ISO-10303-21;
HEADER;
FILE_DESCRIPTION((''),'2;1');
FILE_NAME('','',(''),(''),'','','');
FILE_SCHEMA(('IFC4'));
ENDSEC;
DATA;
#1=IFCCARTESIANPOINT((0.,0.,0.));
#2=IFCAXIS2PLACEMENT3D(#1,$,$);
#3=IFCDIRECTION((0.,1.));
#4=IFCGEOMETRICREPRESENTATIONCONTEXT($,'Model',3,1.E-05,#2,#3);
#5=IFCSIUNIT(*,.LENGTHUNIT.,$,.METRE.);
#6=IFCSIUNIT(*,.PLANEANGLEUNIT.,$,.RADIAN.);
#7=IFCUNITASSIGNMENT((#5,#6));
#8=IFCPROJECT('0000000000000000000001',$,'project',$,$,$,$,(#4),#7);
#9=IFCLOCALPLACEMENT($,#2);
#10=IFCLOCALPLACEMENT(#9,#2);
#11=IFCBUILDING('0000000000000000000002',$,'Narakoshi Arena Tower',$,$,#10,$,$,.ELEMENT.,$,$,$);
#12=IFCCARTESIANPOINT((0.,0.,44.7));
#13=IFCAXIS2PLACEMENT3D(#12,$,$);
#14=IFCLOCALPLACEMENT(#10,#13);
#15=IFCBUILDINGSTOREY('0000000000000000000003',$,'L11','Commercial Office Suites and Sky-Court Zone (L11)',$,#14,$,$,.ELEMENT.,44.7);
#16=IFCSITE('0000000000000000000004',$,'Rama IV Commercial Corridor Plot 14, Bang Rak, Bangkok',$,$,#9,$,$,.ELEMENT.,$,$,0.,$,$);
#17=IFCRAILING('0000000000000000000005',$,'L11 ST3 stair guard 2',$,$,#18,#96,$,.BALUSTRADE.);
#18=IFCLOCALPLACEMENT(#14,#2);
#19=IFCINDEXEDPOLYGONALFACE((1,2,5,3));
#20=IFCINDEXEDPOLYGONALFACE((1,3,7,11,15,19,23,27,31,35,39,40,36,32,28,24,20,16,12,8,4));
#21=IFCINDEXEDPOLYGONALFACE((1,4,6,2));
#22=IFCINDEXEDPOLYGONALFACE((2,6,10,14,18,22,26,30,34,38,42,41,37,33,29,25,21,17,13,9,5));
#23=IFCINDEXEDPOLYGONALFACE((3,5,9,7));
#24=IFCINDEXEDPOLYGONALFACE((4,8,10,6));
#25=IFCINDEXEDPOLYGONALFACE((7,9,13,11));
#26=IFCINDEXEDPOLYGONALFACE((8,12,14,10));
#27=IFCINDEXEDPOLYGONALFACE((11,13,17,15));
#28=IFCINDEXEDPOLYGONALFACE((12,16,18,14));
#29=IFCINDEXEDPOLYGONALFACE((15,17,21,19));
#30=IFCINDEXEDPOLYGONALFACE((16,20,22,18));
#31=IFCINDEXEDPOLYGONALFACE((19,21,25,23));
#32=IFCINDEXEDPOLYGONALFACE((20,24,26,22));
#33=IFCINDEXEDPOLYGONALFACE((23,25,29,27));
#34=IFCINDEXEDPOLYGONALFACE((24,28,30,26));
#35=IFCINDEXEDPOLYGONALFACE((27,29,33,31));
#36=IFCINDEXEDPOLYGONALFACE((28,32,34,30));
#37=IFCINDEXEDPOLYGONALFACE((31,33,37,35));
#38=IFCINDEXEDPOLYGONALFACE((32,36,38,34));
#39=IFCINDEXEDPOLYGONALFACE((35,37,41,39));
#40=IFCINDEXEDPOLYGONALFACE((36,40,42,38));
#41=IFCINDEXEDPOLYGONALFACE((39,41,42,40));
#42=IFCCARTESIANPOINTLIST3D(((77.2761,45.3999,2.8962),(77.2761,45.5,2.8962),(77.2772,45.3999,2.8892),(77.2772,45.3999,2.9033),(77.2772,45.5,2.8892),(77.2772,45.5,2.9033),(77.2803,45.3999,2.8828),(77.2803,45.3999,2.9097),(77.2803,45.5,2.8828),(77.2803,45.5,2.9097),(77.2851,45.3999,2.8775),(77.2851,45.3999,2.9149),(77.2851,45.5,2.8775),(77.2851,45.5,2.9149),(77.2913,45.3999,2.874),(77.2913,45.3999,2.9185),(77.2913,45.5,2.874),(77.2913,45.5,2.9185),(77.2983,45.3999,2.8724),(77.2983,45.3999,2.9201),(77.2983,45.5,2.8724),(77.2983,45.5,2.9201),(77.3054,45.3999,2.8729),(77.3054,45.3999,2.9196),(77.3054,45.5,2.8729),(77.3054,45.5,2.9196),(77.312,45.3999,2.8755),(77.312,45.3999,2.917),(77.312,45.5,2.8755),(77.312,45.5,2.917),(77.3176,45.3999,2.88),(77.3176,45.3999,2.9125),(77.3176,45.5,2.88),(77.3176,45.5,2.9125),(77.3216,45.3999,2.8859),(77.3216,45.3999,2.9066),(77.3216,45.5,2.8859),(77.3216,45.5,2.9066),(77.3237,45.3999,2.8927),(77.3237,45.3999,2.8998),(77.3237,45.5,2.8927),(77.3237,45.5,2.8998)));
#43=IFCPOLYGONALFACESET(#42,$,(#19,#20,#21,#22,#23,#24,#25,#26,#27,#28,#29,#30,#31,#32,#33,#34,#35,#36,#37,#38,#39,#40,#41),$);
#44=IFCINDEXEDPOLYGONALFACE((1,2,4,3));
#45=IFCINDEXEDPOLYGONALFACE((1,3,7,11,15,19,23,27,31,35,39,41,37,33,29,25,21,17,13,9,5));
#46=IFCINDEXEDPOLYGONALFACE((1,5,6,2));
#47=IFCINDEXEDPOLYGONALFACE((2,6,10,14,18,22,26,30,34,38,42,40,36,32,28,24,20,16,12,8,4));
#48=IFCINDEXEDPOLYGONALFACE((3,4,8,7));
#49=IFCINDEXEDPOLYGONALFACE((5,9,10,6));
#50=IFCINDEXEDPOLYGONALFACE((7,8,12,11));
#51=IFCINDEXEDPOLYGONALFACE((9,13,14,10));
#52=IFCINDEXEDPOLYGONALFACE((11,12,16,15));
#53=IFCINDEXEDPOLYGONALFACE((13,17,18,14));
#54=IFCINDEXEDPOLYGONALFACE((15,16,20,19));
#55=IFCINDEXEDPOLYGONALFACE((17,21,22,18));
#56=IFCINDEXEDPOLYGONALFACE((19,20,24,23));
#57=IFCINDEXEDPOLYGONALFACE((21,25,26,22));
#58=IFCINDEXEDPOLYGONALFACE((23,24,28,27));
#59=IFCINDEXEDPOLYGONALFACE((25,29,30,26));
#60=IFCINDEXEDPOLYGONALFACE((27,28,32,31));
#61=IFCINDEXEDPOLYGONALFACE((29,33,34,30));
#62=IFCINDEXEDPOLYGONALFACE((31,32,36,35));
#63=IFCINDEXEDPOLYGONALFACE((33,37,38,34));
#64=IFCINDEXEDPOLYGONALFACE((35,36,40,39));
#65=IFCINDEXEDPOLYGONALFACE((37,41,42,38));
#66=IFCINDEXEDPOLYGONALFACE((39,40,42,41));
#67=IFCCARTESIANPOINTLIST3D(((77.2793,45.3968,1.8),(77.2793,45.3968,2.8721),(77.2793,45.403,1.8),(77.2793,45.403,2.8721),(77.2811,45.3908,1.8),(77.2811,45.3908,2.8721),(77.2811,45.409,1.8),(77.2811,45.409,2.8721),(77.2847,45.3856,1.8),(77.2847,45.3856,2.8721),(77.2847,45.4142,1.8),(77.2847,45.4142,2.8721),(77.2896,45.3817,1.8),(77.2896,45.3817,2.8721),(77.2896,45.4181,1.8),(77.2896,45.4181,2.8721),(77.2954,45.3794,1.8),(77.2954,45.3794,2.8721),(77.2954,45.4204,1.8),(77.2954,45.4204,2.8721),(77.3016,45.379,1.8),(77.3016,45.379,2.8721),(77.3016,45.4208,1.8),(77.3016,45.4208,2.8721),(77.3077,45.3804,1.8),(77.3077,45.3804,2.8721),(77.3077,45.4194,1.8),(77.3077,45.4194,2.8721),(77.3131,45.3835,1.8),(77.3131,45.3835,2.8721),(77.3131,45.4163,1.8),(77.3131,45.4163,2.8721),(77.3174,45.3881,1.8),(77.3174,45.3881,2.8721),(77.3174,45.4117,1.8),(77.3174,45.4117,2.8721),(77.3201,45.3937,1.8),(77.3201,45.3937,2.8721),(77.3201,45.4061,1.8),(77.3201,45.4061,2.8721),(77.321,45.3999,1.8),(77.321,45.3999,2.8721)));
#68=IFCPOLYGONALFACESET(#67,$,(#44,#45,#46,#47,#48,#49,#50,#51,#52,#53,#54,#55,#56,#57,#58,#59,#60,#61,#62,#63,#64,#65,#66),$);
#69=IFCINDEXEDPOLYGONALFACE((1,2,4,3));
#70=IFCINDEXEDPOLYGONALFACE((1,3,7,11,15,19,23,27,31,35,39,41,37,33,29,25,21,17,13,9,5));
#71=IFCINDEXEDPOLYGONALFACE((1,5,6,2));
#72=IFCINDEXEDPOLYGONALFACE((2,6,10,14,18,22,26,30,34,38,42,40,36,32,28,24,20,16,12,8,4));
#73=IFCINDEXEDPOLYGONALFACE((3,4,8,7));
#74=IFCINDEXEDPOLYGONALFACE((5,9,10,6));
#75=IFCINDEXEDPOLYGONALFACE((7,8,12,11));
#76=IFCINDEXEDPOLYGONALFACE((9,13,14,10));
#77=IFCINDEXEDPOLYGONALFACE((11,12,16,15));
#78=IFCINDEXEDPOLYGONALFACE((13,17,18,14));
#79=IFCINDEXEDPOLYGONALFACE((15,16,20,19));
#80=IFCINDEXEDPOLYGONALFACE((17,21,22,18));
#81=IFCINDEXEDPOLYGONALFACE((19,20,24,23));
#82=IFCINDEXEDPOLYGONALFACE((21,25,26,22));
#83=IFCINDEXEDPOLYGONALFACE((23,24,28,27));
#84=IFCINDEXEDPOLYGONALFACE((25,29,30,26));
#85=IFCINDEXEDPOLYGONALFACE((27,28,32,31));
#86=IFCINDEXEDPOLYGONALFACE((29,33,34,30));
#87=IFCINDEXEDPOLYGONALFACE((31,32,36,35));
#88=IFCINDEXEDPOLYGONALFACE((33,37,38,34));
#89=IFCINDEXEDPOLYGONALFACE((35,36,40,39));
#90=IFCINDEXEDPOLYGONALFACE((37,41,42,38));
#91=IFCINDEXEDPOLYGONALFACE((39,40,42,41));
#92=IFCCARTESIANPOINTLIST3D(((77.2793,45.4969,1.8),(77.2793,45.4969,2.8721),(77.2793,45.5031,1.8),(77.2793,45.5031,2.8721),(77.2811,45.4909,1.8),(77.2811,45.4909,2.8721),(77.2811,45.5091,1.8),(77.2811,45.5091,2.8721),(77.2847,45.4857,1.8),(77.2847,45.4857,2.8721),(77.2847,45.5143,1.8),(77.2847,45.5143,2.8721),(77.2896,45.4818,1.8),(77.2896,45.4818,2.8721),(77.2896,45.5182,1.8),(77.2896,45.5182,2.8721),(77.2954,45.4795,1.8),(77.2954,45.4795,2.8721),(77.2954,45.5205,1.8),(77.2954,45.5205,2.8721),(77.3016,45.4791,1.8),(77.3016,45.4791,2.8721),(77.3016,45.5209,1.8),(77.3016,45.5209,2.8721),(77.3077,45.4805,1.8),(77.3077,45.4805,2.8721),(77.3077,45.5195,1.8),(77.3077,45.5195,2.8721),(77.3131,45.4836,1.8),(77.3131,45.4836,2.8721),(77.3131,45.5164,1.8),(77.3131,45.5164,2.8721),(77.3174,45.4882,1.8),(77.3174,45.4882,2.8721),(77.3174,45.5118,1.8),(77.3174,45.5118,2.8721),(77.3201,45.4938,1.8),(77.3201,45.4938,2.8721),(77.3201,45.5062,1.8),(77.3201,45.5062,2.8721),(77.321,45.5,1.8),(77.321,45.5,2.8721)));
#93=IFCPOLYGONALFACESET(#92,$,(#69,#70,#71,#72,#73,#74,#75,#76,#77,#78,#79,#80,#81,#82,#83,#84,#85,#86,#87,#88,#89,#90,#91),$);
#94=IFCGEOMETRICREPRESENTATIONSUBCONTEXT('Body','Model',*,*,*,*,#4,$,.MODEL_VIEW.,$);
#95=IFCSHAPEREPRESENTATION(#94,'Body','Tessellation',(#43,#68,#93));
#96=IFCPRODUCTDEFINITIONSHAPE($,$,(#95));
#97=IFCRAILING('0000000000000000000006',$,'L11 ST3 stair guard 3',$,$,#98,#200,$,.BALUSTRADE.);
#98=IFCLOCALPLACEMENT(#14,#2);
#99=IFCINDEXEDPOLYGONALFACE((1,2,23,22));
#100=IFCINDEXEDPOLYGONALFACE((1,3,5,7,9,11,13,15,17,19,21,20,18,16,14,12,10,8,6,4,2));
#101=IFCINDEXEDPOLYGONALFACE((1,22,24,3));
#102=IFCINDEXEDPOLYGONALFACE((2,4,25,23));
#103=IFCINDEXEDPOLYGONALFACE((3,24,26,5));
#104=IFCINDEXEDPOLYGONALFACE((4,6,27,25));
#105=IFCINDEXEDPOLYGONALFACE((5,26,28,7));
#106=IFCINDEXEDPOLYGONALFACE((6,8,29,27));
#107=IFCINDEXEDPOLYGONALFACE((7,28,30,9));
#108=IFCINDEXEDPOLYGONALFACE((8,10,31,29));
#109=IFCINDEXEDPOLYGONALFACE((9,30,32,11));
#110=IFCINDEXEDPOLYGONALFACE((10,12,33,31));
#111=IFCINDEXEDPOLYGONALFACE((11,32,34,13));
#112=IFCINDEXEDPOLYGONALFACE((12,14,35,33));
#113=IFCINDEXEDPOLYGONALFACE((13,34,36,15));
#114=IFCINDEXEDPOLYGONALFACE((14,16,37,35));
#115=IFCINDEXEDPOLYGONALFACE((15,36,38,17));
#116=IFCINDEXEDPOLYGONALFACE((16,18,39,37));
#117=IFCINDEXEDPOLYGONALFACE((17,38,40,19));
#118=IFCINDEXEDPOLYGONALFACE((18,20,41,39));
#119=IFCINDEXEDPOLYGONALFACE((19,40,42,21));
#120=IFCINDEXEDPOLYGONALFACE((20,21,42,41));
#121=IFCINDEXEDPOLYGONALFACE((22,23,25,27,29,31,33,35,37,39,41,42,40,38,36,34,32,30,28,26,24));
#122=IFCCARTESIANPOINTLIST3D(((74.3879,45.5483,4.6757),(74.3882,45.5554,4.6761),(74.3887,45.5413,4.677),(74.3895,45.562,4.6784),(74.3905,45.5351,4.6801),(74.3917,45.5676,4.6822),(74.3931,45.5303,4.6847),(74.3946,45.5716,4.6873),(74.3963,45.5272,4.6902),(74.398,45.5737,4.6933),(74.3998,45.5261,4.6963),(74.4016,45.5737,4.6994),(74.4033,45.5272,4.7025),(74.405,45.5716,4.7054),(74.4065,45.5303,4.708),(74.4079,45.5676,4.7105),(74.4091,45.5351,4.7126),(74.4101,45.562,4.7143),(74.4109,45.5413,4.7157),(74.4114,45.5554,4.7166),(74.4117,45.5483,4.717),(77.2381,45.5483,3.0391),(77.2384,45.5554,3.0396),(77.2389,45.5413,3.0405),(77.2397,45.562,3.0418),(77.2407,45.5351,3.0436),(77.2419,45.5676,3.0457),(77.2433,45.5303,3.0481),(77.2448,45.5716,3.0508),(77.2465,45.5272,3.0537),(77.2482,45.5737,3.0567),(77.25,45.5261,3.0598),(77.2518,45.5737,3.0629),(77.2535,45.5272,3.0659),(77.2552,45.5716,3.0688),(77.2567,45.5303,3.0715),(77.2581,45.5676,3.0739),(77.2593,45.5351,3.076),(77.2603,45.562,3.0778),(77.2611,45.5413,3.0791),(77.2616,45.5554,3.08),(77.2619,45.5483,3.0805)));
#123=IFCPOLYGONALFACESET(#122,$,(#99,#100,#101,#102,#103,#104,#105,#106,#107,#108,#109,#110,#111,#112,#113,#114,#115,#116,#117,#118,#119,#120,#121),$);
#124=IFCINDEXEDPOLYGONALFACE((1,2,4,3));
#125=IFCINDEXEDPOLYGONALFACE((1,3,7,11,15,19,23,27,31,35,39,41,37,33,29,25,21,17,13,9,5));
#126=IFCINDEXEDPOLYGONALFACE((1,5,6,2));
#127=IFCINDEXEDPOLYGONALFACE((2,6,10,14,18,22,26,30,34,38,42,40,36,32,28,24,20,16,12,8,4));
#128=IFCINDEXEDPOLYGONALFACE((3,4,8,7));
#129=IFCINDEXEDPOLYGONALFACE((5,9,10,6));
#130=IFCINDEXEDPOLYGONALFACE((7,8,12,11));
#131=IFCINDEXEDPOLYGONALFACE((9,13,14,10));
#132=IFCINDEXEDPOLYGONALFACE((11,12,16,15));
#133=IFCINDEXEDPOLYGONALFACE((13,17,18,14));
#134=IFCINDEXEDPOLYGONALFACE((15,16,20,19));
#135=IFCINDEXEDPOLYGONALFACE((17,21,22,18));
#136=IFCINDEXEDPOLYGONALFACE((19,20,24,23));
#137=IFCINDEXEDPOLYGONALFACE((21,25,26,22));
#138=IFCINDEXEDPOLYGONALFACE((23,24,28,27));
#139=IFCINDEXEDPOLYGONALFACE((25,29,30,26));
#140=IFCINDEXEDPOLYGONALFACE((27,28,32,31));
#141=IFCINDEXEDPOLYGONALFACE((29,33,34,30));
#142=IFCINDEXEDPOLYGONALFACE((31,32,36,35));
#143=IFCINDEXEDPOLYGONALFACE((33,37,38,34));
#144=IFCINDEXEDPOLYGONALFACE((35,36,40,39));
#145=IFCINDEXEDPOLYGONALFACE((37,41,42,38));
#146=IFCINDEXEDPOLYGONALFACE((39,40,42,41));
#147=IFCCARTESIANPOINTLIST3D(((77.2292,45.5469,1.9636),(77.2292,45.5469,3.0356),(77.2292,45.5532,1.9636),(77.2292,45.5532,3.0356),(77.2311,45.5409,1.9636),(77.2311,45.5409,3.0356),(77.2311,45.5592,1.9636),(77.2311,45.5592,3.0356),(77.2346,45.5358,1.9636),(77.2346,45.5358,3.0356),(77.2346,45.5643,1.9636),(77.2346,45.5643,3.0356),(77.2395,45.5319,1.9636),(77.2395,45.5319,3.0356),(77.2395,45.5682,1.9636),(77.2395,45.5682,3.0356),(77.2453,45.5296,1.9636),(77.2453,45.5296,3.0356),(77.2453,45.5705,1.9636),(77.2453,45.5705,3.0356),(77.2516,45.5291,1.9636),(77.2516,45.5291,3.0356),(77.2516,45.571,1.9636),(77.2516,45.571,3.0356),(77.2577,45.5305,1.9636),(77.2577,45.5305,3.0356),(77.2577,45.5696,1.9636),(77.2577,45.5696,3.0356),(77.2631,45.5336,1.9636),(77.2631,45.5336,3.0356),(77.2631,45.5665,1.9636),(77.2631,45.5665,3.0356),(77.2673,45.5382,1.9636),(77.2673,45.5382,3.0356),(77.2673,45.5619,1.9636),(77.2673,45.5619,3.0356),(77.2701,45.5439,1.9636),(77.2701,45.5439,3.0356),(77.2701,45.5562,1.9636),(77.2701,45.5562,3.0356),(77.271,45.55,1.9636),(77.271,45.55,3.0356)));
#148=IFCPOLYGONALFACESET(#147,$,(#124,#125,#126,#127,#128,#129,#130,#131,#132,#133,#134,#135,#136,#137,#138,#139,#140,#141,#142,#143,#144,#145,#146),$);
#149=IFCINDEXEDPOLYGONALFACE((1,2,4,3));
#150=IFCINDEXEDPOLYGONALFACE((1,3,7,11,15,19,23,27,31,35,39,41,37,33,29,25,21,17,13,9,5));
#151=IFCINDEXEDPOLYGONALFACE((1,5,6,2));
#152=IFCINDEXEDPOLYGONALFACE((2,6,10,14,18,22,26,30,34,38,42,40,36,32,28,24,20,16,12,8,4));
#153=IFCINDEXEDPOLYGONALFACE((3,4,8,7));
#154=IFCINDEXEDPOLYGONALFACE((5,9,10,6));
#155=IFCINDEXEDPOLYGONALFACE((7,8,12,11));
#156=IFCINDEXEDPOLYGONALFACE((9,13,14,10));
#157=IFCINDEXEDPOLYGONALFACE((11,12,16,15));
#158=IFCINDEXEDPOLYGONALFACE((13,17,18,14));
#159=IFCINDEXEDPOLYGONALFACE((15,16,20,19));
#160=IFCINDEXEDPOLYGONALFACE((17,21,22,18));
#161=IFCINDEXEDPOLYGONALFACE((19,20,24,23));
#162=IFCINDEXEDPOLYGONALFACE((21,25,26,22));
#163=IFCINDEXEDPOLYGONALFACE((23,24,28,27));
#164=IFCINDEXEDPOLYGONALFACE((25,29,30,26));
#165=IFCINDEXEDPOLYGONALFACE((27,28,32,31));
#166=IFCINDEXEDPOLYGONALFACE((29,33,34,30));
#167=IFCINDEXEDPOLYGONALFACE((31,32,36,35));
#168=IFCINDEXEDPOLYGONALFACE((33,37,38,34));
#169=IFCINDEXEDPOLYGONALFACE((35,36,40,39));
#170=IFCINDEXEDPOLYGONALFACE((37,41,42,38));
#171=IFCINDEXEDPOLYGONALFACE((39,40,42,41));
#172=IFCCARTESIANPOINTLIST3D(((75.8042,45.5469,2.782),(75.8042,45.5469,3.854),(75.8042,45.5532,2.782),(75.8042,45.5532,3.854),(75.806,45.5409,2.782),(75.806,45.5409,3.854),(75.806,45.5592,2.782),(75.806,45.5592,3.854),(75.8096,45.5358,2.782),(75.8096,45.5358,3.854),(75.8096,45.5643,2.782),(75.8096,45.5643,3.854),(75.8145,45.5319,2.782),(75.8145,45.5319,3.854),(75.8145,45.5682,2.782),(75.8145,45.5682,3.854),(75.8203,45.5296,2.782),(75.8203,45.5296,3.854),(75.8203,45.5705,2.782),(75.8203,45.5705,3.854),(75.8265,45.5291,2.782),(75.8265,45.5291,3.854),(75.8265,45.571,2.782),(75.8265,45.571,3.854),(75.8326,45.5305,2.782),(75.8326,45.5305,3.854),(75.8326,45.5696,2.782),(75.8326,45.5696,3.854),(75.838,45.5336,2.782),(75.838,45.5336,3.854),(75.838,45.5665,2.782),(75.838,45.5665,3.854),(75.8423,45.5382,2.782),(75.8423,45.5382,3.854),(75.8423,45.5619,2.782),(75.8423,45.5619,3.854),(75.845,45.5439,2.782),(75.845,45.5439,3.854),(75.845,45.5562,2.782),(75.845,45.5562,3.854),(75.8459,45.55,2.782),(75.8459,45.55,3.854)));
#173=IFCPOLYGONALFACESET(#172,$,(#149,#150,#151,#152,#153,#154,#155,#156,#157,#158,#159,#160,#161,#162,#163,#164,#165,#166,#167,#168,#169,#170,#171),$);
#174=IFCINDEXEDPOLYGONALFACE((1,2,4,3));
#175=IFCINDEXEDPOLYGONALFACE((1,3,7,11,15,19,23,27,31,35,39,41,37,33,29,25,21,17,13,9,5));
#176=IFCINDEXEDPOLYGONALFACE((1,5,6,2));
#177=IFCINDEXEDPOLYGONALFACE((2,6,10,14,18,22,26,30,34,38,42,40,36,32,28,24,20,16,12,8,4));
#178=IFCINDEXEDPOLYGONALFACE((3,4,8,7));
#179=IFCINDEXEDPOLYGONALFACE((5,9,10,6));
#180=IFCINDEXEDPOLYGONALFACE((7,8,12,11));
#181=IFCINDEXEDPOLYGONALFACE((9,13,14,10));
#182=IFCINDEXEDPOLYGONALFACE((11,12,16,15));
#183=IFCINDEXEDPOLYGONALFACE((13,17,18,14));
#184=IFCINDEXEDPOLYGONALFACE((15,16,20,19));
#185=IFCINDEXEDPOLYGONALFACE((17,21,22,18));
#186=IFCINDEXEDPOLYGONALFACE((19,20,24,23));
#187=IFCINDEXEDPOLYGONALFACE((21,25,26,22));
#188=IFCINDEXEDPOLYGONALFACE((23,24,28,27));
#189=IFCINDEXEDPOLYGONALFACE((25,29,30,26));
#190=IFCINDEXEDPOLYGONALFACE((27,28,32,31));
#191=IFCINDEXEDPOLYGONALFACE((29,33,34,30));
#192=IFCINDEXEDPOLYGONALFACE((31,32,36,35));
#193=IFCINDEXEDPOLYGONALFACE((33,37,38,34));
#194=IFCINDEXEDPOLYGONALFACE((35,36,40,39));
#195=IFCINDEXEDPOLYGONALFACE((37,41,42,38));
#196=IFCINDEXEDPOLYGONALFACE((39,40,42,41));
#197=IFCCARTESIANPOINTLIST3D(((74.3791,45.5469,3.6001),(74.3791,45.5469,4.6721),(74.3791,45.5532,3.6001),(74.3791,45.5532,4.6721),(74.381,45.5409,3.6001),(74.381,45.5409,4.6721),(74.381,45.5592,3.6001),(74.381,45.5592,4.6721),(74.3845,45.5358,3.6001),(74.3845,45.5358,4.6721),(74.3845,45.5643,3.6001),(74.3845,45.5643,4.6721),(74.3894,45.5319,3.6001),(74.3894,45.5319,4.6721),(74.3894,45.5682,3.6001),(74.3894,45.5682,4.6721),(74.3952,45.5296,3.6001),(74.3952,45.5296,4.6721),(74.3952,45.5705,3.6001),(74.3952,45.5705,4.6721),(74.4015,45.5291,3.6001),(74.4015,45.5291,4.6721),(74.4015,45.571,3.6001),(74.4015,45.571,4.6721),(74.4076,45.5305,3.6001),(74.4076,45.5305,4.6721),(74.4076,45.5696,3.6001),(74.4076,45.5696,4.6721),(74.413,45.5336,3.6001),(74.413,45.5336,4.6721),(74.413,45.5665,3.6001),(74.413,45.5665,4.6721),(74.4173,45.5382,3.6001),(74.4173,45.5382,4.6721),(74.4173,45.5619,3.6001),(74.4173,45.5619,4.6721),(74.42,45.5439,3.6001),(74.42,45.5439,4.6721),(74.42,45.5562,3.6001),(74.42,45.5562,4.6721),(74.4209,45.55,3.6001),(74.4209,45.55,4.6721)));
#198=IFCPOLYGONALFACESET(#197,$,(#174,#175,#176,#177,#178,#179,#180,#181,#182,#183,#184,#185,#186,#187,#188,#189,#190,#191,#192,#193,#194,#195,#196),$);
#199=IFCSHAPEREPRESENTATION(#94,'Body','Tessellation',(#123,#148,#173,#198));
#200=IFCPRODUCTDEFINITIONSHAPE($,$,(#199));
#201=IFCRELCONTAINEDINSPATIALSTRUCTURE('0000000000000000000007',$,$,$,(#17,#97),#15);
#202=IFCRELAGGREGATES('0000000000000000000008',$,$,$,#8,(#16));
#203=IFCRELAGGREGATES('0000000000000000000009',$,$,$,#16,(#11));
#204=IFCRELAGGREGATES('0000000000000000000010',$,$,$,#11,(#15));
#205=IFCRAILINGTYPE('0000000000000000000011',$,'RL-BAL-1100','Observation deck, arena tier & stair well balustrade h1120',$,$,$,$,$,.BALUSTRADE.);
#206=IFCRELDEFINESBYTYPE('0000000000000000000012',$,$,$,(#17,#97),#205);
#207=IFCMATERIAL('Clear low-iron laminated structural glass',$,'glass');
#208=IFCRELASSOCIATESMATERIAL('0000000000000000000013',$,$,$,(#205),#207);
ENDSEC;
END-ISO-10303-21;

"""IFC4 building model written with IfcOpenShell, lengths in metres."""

from ifc_helpers import new_model, si_unit, direction, frame, origin, origin_2d, place, context, subcontext, project, spatial, circle, extrude, material, type_object, element, save


model = new_model("IFC4")

# Units and contexts
model_context = context("Model", 3, precision=1e-05, world=origin(), true_north=direction((0.0, 1.0)))
body_context = subcontext(model_context, "Body", "Model", "MODEL_VIEW")
ifc_project = project(units=[si_unit("LENGTHUNIT", "METRE"), si_unit("PLANEANGLEUNIT", "RADIAN")], contexts=[model_context])

# Site, building, storey
site_placement = place(None, origin())
site = spatial("IfcSite", under=ifc_project, at=site_placement, Name="Rama IV Commercial Corridor Plot 14, Bang Rak, Bangkok", CompositionType="ELEMENT", RefElevation=0.0)
building_placement = place(site_placement, origin())
building = spatial("IfcBuilding", under=site, at=building_placement, Name="Narakoshi Arena Tower", CompositionType="ELEMENT")
storey_placement = place(building_placement, frame((0.0, 0.0, 44.7)))
storey = spatial("IfcBuildingStorey", under=building, at=storey_placement, Name="L11", Description="Commercial Office Suites and Sky-Court Zone (L11)", CompositionType="ELEMENT", Elevation=44.7)

# Railings
ifc_material_1 = material(Name="Clear low-iron laminated structural glass", Category="glass")
railing_type_1 = type_object("IfcRailingType", Name="RL-BAL-1100", Description="Observation deck, arena tier & stair well balustrade h1120", PredefinedType="BALUSTRADE", material=ifc_material_1)
railing_1_placement = place(storey_placement, frame((77.3, 45.3999, 1.8)))
element("IfcRailing", 1, at=railing_1_placement, inside=storey, type_object=railing_type_1, Name="L11 ST3 stair guard 2", PredefinedType="BALUSTRADE", context=body_context, shape_type="SweptSolid", body=[
    extrude(circle(Radius=0.0239, at=origin_2d()), frame((0.0, 0.0, 1.0962), z_axis=(0.0, 1.0, 0.0), x_axis=(-1.0, 0.0, 0.0)), (0.0, 0.0, 1.0), 0.1001),
    extrude(circle(Radius=0.021, at=origin_2d()), origin(), (0.0, 0.0, 1.0), 1.072),
    extrude(circle(Radius=0.021, at=origin_2d()), frame((0.0, 0.1001, 0.0)), (0.0, 0.0, 1.0), 1.072),
])
railing_2_placement = place(storey_placement, frame((77.25, 45.55, 1.9636)))
element("IfcRailing", 2, at=railing_2_placement, inside=storey, type_object=railing_type_1, Name="L11 ST3 stair guard 3", PredefinedType="BALUSTRADE", context=body_context, shape_type="SweptSolid", body=[
    extrude(circle(Radius=0.0239, at=origin_2d()), frame((0.0, 0.0, 1.0962), z_axis=(-0.867213, 0.0, 0.497938), x_axis=(0.0, -1.0, 0.0)), (0.0, 0.0, 1.0), 3.2866),
    extrude(circle(Radius=0.021, at=origin_2d()), origin(), (0.0, 0.0, 1.0), 1.072),
    extrude(circle(Radius=0.021, at=origin_2d()), frame((-1.425, 0.0, 0.8184)), (0.0, 0.0, 1.0), 1.072),
    extrude(circle(Radius=0.021, at=origin_2d()), frame((-2.8501, 0.0, 1.6365)), (0.0, 0.0, 1.0), 1.072),
])

save(model, "model.ifc")
